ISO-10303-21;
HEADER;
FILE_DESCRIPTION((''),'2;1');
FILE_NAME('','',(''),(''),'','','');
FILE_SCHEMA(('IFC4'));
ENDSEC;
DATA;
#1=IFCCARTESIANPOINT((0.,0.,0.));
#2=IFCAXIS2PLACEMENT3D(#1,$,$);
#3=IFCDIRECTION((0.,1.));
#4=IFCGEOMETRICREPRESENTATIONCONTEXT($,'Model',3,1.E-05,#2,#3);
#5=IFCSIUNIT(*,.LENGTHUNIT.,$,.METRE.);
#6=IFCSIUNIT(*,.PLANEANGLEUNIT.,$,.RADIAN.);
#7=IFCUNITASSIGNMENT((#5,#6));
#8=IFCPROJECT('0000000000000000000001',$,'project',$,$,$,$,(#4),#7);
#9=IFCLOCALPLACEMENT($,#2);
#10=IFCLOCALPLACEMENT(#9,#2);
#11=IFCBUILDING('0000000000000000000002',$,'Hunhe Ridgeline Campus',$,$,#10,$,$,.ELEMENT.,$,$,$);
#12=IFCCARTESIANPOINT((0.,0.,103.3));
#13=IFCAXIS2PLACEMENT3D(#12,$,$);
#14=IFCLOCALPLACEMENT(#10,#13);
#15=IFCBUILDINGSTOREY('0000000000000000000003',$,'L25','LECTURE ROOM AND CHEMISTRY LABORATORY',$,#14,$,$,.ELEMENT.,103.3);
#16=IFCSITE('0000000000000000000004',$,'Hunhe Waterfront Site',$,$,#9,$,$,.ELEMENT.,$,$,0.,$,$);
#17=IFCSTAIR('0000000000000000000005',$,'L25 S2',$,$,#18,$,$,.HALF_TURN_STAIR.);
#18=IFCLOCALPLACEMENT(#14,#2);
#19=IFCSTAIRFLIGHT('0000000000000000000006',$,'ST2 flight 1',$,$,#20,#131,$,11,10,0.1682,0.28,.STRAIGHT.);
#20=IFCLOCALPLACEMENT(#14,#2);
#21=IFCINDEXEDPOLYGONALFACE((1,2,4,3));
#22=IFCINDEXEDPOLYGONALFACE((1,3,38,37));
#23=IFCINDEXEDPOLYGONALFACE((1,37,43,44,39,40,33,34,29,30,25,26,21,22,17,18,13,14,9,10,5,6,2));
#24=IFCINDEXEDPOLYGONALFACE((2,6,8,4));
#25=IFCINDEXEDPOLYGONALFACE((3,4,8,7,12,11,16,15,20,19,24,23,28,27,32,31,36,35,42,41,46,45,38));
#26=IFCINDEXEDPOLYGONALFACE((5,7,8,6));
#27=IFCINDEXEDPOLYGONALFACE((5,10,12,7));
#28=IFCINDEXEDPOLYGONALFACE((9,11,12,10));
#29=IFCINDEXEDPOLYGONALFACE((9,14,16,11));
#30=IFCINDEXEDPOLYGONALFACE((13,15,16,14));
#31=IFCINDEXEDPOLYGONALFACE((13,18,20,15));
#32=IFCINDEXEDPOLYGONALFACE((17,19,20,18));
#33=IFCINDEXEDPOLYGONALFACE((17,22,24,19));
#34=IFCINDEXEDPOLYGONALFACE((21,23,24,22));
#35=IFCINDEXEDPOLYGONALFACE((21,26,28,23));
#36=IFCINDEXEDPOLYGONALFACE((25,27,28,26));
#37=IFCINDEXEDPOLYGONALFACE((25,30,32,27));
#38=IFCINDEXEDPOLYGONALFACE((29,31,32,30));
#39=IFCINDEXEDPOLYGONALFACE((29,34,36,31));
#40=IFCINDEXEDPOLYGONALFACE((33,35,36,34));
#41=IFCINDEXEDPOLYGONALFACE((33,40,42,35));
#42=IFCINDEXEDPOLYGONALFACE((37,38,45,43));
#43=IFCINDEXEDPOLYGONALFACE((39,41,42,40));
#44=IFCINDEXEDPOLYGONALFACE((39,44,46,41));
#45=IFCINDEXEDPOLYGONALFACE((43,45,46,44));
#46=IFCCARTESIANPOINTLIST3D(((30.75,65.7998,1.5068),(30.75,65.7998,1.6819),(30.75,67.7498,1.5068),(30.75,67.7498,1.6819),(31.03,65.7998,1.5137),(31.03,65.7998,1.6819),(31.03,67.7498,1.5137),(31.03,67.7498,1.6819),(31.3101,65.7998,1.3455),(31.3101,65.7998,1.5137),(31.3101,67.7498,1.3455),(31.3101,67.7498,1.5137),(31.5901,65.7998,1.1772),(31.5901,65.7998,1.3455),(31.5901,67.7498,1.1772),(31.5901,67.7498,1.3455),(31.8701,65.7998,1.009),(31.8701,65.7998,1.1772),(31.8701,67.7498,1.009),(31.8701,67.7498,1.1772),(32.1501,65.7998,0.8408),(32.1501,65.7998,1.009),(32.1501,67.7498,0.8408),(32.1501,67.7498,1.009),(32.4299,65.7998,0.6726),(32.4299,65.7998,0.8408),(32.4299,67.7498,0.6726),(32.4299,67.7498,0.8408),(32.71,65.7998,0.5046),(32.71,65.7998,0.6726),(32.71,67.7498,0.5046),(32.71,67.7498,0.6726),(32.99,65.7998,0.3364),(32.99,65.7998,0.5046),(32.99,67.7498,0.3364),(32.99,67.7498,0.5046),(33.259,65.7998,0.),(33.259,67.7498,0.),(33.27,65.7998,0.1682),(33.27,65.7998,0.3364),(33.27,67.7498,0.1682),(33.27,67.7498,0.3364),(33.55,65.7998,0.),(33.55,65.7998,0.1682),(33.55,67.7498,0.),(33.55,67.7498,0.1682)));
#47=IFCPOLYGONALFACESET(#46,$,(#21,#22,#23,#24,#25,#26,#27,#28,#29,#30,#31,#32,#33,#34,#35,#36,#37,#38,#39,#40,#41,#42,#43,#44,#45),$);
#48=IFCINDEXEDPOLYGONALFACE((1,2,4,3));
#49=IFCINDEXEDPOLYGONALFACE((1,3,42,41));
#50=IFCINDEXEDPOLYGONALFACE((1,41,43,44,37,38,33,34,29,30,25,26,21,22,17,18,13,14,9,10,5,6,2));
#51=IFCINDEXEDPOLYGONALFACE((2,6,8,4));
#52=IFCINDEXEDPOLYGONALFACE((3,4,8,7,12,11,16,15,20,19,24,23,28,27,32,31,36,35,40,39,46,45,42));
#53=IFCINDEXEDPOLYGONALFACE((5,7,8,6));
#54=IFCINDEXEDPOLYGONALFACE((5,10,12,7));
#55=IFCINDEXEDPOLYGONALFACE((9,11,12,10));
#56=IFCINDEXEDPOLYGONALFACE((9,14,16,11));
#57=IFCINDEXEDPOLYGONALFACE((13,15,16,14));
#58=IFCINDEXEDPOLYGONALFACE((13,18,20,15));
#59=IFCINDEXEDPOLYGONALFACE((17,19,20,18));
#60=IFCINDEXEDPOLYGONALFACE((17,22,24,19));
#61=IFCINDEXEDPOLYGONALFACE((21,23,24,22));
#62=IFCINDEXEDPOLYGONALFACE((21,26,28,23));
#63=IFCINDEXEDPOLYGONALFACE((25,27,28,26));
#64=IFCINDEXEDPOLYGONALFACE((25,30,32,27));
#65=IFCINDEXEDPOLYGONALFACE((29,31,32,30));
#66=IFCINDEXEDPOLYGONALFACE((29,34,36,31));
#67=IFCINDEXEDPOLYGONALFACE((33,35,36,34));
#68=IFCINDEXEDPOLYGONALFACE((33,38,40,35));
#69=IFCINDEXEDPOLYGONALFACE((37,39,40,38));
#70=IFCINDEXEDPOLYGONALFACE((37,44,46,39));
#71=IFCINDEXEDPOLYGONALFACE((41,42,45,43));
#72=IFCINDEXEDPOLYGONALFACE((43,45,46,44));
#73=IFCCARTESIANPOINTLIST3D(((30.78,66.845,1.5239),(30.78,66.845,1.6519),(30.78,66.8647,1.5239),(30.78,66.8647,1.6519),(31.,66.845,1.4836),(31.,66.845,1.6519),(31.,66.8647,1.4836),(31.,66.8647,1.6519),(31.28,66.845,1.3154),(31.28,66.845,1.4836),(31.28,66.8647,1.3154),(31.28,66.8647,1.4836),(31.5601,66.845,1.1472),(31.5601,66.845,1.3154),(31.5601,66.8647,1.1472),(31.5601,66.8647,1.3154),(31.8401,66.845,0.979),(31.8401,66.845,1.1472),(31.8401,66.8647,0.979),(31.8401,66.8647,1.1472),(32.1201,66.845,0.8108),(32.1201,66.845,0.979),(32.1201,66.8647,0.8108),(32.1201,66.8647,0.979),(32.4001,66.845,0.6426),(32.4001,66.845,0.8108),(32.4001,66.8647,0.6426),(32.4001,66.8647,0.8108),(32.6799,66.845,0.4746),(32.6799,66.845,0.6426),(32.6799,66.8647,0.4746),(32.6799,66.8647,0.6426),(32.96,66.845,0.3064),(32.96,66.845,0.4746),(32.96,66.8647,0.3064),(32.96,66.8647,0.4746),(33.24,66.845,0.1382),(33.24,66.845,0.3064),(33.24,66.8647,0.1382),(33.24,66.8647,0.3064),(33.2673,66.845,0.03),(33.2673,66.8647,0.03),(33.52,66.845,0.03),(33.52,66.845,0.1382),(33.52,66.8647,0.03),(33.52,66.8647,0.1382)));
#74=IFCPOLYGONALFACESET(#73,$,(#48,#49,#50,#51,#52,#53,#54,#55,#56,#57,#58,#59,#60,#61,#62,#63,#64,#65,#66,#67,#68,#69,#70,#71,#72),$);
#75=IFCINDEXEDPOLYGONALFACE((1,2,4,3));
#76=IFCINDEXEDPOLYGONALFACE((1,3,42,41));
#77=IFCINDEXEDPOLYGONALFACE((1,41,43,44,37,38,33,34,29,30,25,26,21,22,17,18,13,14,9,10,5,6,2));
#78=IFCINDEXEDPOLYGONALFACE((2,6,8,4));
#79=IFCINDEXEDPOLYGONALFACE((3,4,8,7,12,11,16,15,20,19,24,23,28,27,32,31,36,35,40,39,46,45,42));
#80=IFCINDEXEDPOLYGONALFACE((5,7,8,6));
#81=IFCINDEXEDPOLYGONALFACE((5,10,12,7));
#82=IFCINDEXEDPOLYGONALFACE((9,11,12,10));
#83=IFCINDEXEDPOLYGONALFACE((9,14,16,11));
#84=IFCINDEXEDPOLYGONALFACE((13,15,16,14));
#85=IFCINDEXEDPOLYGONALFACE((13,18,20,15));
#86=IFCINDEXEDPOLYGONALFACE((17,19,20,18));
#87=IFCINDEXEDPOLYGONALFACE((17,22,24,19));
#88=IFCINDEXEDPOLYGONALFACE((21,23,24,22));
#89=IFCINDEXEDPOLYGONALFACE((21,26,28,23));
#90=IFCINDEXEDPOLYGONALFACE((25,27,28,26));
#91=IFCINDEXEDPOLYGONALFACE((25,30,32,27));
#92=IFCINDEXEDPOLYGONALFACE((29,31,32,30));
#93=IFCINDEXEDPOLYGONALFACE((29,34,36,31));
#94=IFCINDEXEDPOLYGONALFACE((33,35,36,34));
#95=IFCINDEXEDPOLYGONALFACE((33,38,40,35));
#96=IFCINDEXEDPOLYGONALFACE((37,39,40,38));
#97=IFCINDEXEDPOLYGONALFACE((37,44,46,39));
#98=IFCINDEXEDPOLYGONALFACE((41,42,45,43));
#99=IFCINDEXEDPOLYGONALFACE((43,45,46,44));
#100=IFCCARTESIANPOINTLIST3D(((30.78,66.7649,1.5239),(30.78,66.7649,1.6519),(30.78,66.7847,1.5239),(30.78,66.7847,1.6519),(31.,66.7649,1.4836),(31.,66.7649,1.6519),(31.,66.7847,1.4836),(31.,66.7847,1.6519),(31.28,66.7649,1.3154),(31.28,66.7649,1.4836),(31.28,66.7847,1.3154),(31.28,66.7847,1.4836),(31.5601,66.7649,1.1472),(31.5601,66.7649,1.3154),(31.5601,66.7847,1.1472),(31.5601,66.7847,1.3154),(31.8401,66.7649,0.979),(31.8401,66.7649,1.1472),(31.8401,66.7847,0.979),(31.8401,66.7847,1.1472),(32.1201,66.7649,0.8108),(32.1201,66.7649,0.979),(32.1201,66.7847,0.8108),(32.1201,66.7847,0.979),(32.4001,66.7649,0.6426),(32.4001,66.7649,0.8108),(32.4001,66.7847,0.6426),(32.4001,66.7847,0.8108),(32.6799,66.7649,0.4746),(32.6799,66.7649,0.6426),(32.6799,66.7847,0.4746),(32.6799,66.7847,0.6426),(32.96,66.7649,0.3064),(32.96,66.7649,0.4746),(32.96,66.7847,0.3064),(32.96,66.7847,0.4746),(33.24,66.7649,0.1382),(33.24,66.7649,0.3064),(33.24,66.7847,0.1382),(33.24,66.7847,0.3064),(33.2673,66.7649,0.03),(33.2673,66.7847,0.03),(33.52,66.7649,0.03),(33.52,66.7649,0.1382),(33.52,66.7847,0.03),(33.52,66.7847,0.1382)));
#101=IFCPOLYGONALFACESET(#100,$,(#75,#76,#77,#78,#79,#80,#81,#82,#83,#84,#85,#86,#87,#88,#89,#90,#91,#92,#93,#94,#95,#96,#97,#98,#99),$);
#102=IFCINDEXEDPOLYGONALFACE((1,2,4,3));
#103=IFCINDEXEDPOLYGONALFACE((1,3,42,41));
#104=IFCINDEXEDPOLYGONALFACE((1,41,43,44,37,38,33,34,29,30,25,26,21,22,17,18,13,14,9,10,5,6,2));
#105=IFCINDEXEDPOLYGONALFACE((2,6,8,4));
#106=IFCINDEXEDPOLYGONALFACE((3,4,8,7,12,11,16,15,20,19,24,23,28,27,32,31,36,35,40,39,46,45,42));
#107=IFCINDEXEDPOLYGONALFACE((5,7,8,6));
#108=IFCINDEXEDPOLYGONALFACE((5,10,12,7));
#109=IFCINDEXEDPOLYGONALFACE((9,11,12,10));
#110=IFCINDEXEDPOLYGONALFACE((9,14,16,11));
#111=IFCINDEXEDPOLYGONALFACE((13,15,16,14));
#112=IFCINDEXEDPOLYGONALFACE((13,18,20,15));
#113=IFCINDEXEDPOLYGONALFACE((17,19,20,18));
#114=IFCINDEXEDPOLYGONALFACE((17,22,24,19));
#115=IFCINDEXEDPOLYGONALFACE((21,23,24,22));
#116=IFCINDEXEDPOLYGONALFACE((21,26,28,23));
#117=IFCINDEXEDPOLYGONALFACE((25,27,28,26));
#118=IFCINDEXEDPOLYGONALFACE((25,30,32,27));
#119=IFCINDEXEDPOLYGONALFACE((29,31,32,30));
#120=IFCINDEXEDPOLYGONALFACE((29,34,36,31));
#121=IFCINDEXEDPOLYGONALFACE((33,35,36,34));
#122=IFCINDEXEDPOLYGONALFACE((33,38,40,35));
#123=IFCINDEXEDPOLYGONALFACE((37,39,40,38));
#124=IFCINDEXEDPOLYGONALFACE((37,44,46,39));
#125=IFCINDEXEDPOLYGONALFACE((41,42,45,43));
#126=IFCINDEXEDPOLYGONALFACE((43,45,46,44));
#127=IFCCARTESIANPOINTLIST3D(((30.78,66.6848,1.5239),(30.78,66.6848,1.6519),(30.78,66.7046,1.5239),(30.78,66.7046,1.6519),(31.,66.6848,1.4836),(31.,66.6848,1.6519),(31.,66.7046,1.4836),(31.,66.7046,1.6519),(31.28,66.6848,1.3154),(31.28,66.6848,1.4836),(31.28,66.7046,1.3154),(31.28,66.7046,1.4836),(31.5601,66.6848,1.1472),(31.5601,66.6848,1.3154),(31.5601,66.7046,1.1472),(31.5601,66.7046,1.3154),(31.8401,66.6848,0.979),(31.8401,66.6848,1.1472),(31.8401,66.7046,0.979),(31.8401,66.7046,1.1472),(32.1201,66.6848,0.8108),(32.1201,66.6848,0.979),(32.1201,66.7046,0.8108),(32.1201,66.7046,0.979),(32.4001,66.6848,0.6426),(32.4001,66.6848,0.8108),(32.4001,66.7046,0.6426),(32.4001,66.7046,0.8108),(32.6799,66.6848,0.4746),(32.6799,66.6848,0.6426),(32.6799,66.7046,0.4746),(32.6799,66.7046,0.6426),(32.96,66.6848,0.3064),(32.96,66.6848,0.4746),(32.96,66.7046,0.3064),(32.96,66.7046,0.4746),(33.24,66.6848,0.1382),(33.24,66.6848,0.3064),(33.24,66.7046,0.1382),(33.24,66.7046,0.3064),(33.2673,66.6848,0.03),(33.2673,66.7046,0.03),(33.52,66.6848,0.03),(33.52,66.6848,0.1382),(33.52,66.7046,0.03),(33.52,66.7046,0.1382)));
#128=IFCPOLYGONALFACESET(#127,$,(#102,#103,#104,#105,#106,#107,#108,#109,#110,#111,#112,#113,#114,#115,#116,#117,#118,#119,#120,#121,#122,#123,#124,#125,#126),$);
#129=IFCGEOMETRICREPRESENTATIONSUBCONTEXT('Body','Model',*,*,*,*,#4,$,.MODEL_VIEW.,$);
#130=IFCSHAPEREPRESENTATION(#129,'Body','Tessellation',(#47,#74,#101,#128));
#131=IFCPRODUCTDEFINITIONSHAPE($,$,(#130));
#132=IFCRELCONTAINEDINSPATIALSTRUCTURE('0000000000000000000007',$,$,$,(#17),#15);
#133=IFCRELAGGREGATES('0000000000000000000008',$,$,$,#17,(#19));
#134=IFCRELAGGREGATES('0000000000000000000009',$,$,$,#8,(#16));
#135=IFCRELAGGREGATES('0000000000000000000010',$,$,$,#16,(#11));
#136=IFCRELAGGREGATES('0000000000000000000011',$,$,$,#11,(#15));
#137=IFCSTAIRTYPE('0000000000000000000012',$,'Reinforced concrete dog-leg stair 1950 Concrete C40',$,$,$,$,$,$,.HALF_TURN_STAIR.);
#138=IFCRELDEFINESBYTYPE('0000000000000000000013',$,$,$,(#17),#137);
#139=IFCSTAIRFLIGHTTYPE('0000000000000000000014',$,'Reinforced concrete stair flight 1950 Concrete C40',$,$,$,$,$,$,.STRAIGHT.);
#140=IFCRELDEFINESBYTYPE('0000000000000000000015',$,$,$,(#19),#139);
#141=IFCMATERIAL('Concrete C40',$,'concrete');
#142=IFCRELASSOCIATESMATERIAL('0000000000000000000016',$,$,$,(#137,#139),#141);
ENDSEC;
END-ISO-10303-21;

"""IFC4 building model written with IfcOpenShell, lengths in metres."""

from ifc_helpers import new_model, si_unit, direction, frame, origin, place, context, subcontext, project, spatial, polyline, outline, extrude, material, type_object, element, aggregate, save


model = new_model("IFC4")

# Units and contexts
model_context = context("Model", 3, precision=1e-05, world=origin(), true_north=direction((0.0, 1.0)))
body_context = subcontext(model_context, "Body", "Model", "MODEL_VIEW")
ifc_project = project(units=[si_unit("LENGTHUNIT", "METRE"), si_unit("PLANEANGLEUNIT", "RADIAN")], contexts=[model_context])

# Site, building, storey
site_placement = place(None, origin())
site = spatial("IfcSite", under=ifc_project, at=site_placement, Name="Hunhe Waterfront Site", CompositionType="ELEMENT", RefElevation=0.0)
building_placement = place(site_placement, origin())
building = spatial("IfcBuilding", under=site, at=building_placement, Name="Hunhe Ridgeline Campus", CompositionType="ELEMENT")
storey_placement = place(building_placement, frame((0.0, 0.0, 103.3)))
storey = spatial("IfcBuildingStorey", under=building, at=storey_placement, Name="L25", Description="LECTURE ROOM AND CHEMISTRY LABORATORY", CompositionType="ELEMENT", Elevation=103.3)

# Stair, stair flight
ifc_material_1 = material(Name="Concrete C40", Category="concrete")
stair_type = type_object("IfcStairType", Name="Reinforced concrete dog-leg stair 1950 Concrete C40", PredefinedType="HALF_TURN_STAIR", material=ifc_material_1)
stair_placement = place(storey_placement, origin())
stair = element("IfcStair", 1, at=stair_placement, inside=storey, type_object=stair_type, Name="L25 S2", PredefinedType="HALF_TURN_STAIR")
stair_flight_type = type_object("IfcStairFlightType", Name="Reinforced concrete stair flight 1950 Concrete C40", PredefinedType="STRAIGHT", material=ifc_material_1)
stair_flight_1_placement = place(storey_placement, frame((33.55, 66.7749, 0.0), z_axis=(0.0, 0.0, 1.0), x_axis=(-1.0, 0.0, 0.0)))
stair_flight_1 = element("IfcStairFlight", 2, at=stair_flight_1_placement, type_object=stair_flight_type, Name="ST2 flight 1", NumberOfRisers=11, NumberOfTreads=10, PredefinedType="STRAIGHT", RiserHeight=0.1682, TreadLength=0.28, context=body_context, shape_type="SweptSolid", body=[
    extrude(outline(polyline([(0.0, 0.0), (0.0, 0.1682), (0.28, 0.1682), (0.28, 0.3364), (0.5601, 0.3364), (0.5601, 0.5046), (0.8401, 0.5046), (0.8401, 0.6726), (1.1201, 0.6726), (1.1201, 0.8408), (1.3999, 0.8408), (1.3999, 1.009), (1.6799, 1.009), (1.6799, 1.1772), (1.96, 1.1772), (1.96, 1.3455), (2.24, 1.3455), (2.24, 1.5137), (2.52, 1.5137), (2.52, 1.6819), (2.8, 1.6819), (2.8, 1.8501), (2.8, 1.5068), (0.291, 0.0), (0.0, 0.0)])), frame((0.0, 0.9751, 0.0), z_axis=(0.0, -1.0, 0.0), x_axis=(1.0, 0.0, 0.0)), (0.0, 0.0, 1.0), 1.95),
    extrude(outline(polyline([(0.03, 0.03), (0.03, 0.1382), (0.3101, 0.1382), (0.3101, 0.3064), (0.5901, 0.3064), (0.5901, 0.4746), (0.8701, 0.4746), (0.8701, 0.6426), (1.1499, 0.6426), (1.1499, 0.8108), (1.4299, 0.8108), (1.4299, 0.979), (1.71, 0.979), (1.71, 1.1472), (1.99, 1.1472), (1.99, 1.3154), (2.27, 1.3154), (2.27, 1.4836), (2.55, 1.4836), (2.55, 1.6519), (2.77, 1.6519), (2.77, 1.5239), (0.2827, 0.03), (0.03, 0.03)])), frame((0.0, -0.0701, 0.0), z_axis=(0.0, -1.0, 0.0), x_axis=(1.0, 0.0, 0.0)), (0.0, 0.0, 1.0), 0.0198),
    extrude(outline(polyline([(0.03, 0.03), (0.03, 0.1382), (0.3101, 0.1382), (0.3101, 0.3064), (0.5901, 0.3064), (0.5901, 0.4746), (0.8701, 0.4746), (0.8701, 0.6426), (1.1499, 0.6426), (1.1499, 0.8108), (1.4299, 0.8108), (1.4299, 0.979), (1.71, 0.979), (1.71, 1.1472), (1.99, 1.1472), (1.99, 1.3154), (2.27, 1.3154), (2.27, 1.4836), (2.55, 1.4836), (2.55, 1.6519), (2.77, 1.6519), (2.77, 1.5239), (0.2827, 0.03), (0.03, 0.03)])), frame((0.0, 0.01, 0.0), z_axis=(0.0, -1.0, 0.0), x_axis=(1.0, 0.0, 0.0)), (0.0, 0.0, 1.0), 0.0198),
    extrude(outline(polyline([(0.03, 0.03), (0.03, 0.1382), (0.3101, 0.1382), (0.3101, 0.3064), (0.5901, 0.3064), (0.5901, 0.4746), (0.8701, 0.4746), (0.8701, 0.6426), (1.1499, 0.6426), (1.1499, 0.8108), (1.4299, 0.8108), (1.4299, 0.979), (1.71, 0.979), (1.71, 1.1472), (1.99, 1.1472), (1.99, 1.3154), (2.27, 1.3154), (2.27, 1.4836), (2.55, 1.4836), (2.55, 1.6519), (2.77, 1.6519), (2.77, 1.5239), (0.2827, 0.03), (0.03, 0.03)])), frame((0.0, 0.0901, 0.0), z_axis=(0.0, -1.0, 0.0), x_axis=(1.0, 0.0, 0.0)), (0.0, 0.0, 1.0), 0.0198),
])
aggregate(stair, [stair_flight_1])

save(model, "model.ifc")
